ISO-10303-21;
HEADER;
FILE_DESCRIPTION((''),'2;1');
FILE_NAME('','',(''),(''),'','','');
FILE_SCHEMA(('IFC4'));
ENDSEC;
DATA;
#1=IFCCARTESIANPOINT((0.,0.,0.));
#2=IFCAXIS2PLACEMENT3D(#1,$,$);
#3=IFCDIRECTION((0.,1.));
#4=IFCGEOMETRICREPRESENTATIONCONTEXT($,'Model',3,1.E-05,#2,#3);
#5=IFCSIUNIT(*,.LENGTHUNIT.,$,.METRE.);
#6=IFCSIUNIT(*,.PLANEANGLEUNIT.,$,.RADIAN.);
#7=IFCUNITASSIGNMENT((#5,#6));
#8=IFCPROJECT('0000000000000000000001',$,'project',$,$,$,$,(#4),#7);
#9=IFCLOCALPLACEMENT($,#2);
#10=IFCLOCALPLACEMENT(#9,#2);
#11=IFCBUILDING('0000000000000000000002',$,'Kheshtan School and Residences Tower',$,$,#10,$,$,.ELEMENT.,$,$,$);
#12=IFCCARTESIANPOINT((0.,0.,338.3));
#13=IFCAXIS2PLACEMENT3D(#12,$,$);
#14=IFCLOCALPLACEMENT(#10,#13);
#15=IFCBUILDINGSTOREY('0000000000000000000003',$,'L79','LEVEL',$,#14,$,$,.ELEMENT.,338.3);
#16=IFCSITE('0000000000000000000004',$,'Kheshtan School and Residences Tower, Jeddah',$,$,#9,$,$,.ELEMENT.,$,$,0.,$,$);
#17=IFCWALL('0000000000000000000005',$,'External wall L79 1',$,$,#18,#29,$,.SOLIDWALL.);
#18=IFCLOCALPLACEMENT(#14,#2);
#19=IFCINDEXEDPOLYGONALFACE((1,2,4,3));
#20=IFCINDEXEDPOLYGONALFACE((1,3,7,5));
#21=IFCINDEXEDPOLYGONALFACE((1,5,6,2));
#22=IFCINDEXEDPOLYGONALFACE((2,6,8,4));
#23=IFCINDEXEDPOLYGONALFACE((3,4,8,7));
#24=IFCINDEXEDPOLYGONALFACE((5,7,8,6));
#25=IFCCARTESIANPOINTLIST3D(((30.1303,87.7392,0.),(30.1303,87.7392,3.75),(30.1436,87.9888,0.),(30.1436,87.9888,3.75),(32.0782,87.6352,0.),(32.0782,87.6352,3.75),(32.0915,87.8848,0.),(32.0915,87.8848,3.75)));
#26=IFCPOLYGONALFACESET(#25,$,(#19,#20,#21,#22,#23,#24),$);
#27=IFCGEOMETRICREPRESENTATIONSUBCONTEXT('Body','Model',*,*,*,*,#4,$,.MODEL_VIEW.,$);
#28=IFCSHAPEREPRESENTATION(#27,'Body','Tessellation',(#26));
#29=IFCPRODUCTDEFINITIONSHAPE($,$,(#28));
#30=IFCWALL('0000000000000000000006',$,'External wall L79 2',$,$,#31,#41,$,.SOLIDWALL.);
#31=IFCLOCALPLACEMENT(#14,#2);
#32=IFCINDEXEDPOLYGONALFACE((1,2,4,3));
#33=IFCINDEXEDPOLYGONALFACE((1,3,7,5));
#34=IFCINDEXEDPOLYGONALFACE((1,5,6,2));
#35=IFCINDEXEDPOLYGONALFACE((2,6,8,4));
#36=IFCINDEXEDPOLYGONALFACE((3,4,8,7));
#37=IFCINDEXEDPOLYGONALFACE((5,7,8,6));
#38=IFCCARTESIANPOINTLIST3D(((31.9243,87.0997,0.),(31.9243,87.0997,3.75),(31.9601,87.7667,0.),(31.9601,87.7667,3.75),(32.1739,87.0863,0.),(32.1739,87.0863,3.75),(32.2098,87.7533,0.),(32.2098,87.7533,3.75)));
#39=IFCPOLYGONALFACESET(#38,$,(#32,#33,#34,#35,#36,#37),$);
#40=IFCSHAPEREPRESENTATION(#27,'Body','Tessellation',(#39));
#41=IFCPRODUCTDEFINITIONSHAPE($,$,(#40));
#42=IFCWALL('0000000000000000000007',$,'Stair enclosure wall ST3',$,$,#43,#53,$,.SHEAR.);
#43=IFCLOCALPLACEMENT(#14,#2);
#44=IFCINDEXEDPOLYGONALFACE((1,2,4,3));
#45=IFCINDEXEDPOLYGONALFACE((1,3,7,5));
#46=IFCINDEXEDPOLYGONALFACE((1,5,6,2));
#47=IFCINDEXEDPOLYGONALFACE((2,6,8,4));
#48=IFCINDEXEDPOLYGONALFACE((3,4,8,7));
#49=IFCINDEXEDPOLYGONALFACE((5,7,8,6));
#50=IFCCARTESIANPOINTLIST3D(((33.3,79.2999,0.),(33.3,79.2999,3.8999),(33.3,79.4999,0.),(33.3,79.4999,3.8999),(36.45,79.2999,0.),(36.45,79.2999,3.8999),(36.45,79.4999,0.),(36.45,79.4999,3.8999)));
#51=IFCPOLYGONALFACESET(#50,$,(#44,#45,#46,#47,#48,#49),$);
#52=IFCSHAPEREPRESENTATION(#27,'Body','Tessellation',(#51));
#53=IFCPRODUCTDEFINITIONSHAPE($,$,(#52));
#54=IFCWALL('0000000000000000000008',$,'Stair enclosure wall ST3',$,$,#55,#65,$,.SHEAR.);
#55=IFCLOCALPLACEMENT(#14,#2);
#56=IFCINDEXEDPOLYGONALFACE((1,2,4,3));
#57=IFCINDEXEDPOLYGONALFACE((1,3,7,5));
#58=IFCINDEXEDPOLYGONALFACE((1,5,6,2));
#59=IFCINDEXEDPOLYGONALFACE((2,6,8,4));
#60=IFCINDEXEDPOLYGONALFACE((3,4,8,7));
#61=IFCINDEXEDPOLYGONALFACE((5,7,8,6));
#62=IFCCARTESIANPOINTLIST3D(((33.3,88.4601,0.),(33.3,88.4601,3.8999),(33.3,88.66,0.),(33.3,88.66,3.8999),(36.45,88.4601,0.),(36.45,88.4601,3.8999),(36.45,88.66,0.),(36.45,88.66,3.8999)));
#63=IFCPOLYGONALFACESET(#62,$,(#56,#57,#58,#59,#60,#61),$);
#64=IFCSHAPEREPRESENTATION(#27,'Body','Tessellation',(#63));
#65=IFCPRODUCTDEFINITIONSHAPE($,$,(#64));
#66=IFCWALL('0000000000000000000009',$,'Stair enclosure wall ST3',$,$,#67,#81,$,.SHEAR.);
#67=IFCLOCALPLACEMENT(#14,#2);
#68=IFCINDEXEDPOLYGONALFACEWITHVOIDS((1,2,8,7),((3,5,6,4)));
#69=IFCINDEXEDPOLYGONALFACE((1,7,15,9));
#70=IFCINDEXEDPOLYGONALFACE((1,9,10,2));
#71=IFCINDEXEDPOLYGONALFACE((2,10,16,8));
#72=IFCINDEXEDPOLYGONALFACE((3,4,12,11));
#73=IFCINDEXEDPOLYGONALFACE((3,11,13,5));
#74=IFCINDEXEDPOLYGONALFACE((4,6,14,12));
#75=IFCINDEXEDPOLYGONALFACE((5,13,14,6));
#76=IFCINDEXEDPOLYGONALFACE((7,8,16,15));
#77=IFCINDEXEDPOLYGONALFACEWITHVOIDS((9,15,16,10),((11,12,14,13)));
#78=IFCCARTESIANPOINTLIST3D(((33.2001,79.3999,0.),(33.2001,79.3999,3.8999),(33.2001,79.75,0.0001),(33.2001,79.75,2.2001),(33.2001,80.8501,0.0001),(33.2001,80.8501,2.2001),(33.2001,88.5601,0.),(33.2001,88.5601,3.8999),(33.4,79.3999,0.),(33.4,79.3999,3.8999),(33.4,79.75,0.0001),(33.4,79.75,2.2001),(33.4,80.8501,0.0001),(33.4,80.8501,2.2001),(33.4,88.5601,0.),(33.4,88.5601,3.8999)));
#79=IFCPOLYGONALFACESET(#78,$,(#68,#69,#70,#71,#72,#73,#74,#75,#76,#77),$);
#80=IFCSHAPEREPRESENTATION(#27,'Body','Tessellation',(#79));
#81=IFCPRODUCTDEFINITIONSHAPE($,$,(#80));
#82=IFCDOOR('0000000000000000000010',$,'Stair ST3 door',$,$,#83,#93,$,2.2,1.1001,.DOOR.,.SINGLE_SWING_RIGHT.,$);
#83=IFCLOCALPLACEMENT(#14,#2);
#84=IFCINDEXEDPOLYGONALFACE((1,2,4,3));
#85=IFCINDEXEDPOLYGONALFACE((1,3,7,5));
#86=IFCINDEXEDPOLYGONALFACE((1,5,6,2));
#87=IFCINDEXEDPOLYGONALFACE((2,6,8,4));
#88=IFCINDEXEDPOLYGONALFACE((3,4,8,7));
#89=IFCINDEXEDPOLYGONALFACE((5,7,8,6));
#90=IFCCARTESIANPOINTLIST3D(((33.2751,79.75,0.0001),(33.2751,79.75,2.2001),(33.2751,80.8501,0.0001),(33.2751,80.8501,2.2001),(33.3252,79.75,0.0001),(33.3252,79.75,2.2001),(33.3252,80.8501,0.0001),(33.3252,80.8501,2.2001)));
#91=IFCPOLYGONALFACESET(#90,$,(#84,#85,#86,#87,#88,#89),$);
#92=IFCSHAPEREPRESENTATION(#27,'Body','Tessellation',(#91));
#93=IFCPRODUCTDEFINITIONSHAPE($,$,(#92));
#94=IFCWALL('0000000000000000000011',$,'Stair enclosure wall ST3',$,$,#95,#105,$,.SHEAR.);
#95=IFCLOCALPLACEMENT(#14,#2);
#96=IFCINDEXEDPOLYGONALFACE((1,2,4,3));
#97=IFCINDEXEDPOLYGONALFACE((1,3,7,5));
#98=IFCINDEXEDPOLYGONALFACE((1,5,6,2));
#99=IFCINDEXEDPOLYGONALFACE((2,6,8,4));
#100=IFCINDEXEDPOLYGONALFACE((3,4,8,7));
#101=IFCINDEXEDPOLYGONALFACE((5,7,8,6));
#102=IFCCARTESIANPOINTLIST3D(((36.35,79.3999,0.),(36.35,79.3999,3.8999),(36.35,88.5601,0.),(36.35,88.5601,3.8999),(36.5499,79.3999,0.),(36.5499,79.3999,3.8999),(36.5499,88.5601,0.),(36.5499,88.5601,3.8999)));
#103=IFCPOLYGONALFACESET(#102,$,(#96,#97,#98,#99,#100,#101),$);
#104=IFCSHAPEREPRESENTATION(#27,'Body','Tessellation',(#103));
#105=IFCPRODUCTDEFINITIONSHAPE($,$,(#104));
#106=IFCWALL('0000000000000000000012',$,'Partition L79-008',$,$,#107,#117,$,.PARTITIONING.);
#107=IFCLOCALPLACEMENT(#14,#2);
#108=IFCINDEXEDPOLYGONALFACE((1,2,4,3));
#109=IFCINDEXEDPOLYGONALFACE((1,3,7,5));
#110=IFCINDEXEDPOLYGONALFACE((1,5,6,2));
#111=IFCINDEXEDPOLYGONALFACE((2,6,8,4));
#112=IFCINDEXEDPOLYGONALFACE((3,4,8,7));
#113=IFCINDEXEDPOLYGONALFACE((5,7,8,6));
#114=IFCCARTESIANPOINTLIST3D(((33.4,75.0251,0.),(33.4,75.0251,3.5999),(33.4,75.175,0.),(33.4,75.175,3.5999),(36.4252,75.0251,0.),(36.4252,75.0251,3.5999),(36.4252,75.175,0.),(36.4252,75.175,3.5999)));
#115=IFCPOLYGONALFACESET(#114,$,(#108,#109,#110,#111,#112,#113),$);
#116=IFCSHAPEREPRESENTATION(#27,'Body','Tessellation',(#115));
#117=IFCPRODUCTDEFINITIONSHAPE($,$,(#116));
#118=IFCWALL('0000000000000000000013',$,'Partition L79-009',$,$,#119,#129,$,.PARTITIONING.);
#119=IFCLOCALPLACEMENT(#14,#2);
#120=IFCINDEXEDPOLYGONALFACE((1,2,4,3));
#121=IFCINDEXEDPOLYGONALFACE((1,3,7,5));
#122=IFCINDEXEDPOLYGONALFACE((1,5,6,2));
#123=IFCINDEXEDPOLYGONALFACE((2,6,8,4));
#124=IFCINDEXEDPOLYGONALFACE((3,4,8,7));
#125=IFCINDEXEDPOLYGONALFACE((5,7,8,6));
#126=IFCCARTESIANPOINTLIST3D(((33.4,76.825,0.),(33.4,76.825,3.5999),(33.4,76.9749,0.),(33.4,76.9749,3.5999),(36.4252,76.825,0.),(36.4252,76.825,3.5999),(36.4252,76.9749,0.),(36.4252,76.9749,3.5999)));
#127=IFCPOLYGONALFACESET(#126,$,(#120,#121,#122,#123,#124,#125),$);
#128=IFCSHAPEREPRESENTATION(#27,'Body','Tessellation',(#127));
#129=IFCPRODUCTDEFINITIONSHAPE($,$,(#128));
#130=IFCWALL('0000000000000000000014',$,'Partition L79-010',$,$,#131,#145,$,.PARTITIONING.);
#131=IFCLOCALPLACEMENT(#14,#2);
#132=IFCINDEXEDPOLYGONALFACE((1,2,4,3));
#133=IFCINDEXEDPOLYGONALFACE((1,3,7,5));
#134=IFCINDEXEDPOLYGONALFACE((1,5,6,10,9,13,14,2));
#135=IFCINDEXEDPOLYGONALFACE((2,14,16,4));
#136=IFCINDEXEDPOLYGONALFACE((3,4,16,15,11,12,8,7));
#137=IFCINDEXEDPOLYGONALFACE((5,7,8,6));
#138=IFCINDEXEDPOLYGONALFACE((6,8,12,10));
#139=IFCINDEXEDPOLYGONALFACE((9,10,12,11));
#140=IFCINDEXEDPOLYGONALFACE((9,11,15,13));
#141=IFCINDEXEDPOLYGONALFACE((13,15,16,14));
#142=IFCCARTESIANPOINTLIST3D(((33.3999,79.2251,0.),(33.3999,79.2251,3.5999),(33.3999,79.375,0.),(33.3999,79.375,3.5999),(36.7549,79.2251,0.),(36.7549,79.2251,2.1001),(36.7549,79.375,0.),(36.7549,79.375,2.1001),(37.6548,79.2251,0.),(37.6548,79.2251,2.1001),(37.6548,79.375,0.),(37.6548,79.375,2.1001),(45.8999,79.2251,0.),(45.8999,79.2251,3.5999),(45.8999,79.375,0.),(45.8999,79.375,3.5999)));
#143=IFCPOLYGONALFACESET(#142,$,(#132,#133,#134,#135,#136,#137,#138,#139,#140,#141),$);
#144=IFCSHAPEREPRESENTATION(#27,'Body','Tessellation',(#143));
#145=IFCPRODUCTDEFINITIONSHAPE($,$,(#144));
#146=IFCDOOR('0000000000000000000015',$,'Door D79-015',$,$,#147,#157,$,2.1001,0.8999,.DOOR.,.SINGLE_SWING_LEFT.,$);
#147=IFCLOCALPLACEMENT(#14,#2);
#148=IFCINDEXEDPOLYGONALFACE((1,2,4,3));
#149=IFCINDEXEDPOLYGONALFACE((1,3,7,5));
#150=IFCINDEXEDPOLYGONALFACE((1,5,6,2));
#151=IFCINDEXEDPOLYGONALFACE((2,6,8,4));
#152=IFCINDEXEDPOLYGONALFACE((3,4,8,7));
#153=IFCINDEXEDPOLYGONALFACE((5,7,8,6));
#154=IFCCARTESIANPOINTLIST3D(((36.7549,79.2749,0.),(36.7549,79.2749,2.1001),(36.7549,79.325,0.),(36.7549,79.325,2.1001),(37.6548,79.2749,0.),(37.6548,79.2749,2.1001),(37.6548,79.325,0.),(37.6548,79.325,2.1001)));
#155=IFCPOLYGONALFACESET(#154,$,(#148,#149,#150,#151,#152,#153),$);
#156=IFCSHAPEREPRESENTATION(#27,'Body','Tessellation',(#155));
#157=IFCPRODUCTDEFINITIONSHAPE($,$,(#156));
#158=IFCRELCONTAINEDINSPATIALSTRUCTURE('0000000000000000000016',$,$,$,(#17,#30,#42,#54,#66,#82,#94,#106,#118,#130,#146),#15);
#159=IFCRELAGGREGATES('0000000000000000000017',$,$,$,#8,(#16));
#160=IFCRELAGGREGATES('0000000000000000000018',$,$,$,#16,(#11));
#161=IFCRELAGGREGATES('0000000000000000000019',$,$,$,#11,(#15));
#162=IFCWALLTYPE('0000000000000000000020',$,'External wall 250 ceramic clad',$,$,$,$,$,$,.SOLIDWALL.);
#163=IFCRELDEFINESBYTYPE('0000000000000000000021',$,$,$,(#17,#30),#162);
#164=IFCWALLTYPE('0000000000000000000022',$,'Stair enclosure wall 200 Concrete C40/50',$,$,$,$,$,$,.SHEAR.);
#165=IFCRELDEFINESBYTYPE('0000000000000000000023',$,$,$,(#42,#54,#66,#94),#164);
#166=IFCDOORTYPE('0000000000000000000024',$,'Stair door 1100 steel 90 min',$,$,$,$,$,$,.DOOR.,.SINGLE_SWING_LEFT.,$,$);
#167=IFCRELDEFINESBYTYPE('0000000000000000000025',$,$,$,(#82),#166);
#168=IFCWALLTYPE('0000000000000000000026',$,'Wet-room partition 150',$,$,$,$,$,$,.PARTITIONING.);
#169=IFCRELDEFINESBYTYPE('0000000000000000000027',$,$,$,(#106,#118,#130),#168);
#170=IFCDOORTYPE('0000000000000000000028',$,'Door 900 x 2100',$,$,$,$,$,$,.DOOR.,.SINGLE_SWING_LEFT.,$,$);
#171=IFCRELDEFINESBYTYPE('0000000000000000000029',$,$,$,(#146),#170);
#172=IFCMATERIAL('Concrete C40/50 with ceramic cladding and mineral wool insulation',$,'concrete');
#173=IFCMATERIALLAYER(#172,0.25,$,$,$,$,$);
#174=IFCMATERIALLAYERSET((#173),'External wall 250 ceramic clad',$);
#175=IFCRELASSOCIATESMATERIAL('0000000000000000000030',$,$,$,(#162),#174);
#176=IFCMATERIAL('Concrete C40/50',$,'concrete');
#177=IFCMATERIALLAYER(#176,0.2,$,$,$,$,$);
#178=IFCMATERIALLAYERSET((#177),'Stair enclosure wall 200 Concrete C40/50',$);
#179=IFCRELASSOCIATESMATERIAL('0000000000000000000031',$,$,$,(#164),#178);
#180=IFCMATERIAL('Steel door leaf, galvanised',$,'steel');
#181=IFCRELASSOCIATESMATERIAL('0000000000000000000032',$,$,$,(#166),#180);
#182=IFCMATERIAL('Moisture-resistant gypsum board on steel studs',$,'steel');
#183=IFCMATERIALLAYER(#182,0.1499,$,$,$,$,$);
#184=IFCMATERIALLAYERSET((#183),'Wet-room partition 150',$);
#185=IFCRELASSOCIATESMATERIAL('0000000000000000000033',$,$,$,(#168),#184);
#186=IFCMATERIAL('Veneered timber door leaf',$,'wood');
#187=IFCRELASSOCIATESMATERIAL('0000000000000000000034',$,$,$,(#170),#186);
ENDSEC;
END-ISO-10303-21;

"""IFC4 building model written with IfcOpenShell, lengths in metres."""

from ifc_helpers import new_model, si_unit, direction, frame, frame_2d, origin, place, context, subcontext, project, spatial, rectangle, extrude, source, transform, mapped, material, layer, layer_set, type_object, element, fill, save


model = new_model("IFC4")

# Units and contexts
model_context = context("Model", 3, precision=1e-05, world=origin(), true_north=direction((0.0, 1.0)))
body_context = subcontext(model_context, "Body", "Model", "MODEL_VIEW")
ifc_project = project(units=[si_unit("LENGTHUNIT", "METRE"), si_unit("PLANEANGLEUNIT", "RADIAN")], contexts=[model_context])

# Site, building, storey
site_placement = place(None, origin())
site = spatial("IfcSite", under=ifc_project, at=site_placement, Name="Kheshtan School and Residences Tower, Jeddah", CompositionType="ELEMENT", RefElevation=0.0)
building_placement = place(site_placement, origin())
building = spatial("IfcBuilding", under=site, at=building_placement, Name="Kheshtan School and Residences Tower", CompositionType="ELEMENT")
storey_placement = place(building_placement, frame((0.0, 0.0, 338.3)))
storey = spatial("IfcBuildingStorey", under=building, at=storey_placement, Name="L79", Description="LEVEL", CompositionType="ELEMENT", Elevation=338.3)

# Walls
ifc_material_1 = material(Name="Concrete C40/50 with ceramic cladding and mineral wool insulation", Category="concrete")
ifc_layer_1 = layer(ifc_material_1, 0.25)
ifc_layer_set_1 = layer_set([ifc_layer_1], Name="External wall 250 ceramic clad")
wall_type_1 = type_object("IfcWallType", Name="External wall 250 ceramic clad", PredefinedType="SOLIDWALL", material=ifc_layer_set_1)
wall_1_placement = place(storey_placement, frame((30.137, 87.864, 0.0), z_axis=(0.0, 0.0, 1.0), x_axis=(0.998578, -0.053314, 0.0)))
element("IfcWall", 1, at=wall_1_placement, inside=storey, type_object=wall_type_1, Name="External wall L79 1", PredefinedType="SOLIDWALL", context=body_context, shape_type="SweptSolid", body=[
    extrude(rectangle(XDim=1.9507, YDim=0.25, at=frame_2d((0.9753, 0.0))), origin(), (0.0, 0.0, 1.0), 3.75),
])
wall_2_placement = place(storey_placement, frame((32.085, 87.76, 0.0), z_axis=(0.0, 0.0, 1.0), x_axis=(-0.053729, -0.998556, 0.0)))
element("IfcWall", 2, at=wall_2_placement, inside=storey, type_object=wall_type_1, Name="External wall L79 2", PredefinedType="SOLIDWALL", context=body_context, shape_type="SweptSolid", body=[
    extrude(rectangle(XDim=0.668, YDim=0.25, at=frame_2d((0.334, 0.0))), origin(), (0.0, 0.0, 1.0), 3.75),
])
ifc_material_2 = material(Name="Concrete C40/50", Category="concrete")
ifc_layer_2 = layer(ifc_material_2, 0.2)
ifc_layer_set_2 = layer_set([ifc_layer_2], Name="Stair enclosure wall 200 Concrete C40/50")
wall_type_2 = type_object("IfcWallType", Name="Stair enclosure wall 200 Concrete C40/50", PredefinedType="SHEAR", material=ifc_layer_set_2)
for number, where, z_axis, x_axis, name in (
    (3, (33.3, 79.3999, 0.0), (0.0, 0.0, 1.0), (1.0, 0.0, 0.0), "Stair enclosure wall ST3"),
    (4, (33.3, 88.5601, 0.0), (0.0, 0.0, 1.0), (1.0, 0.0, 0.0), "Stair enclosure wall ST3"),
):
    element("IfcWall", number, at=place(storey_placement, frame(where, z_axis=z_axis, x_axis=x_axis)), inside=storey, type_object=wall_type_2, Name=name, PredefinedType="SHEAR", context=body_context, shape_type="SweptSolid", body=[
        extrude(rectangle(XDim=3.1499, YDim=0.2, at=frame_2d((1.575, 0.0))), origin(), (0.0, 0.0, 1.0), 3.8999),
    ])

# Wall, opening, door
wall_3_placement = place(storey_placement, frame((33.3, 79.3999, 0.0), z_axis=(0.0, 0.0, 1.0), x_axis=(0.0, 1.0, 0.0)))
wall_3 = element("IfcWall", 5, at=wall_3_placement, inside=storey, type_object=wall_type_2, Name="Stair enclosure wall ST3", PredefinedType="SHEAR", context=body_context, shape_type="SweptSolid", body=[
    extrude(rectangle(XDim=9.1602, YDim=0.2, at=frame_2d((4.5801, 0.0))), origin(), (0.0, 0.0, 1.0), 3.8999),
])
opening_1_placement = place(wall_3_placement, frame((0.3501, 0.0, 0.0)))
opening_1 = element("IfcOpeningElement", 6, at=opening_1_placement, cuts=wall_3, PredefinedType="OPENING", context=body_context, shape_type="SweptSolid", body=[
    extrude(rectangle(XDim=1.1001, YDim=2.2, at=frame_2d((0.55, 1.1001))), frame((0.0, 0.1099, 0.0), z_axis=(0.0, -1.0, 0.0), x_axis=(1.0, 0.0, 0.0)), (0.0, 0.0, 1.0), 0.22),
])
ifc_material_3 = material(Name="Steel door leaf, galvanised", Category="steel")
door_type_1 = type_object("IfcDoorType", Name="Stair door 1100 steel 90 min", OperationType="SINGLE_SWING_LEFT", PredefinedType="DOOR", material=ifc_material_3)
shared_shape_1 = source(origin(), body_context, "Body", "SweptSolid", [
    extrude(rectangle(XDim=1.1001, YDim=2.2, at=frame_2d((0.55, 1.1001))), frame((0.0, 0.0249, 0.0), z_axis=(0.0, -1.0, 0.0), x_axis=(1.0, 0.0, 0.0)), (0.0, 0.0, 1.0), 0.05),
])
door_1_placement = place(opening_1_placement, origin())
door_1 = element("IfcDoor", 7, at=door_1_placement, inside=storey, type_object=door_type_1, Name="Stair ST3 door", OperationType="SINGLE_SWING_RIGHT", OverallHeight=2.2, OverallWidth=1.1001, PredefinedType="DOOR", context=body_context, shape_type="MappedRepresentation", body=[
    mapped(shared_shape_1, transform((0.0, 0.0, 0.0), x_axis=(1.0, 0.0, 0.0), y_axis=(0.0, 1.0, 0.0), z_axis=(0.0, 0.0, 1.0), scale=1.0)),
])
fill(opening_1, door_1)

# Walls
wall_4_placement = place(storey_placement, frame((36.45, 79.3999, 0.0), z_axis=(0.0, 0.0, 1.0), x_axis=(0.0, 1.0, 0.0)))
element("IfcWall", 8, at=wall_4_placement, inside=storey, type_object=wall_type_2, Name="Stair enclosure wall ST3", PredefinedType="SHEAR", context=body_context, shape_type="SweptSolid", body=[
    extrude(rectangle(XDim=9.1602, YDim=0.2, at=frame_2d((4.5801, 0.0))), origin(), (0.0, 0.0, 1.0), 3.8999),
])
ifc_material_4 = material(Name="Moisture-resistant gypsum board on steel studs", Category="steel")
ifc_layer_3 = layer(ifc_material_4, 0.1499)
ifc_layer_set_3 = layer_set([ifc_layer_3], Name="Wet-room partition 150")
wall_type_3 = type_object("IfcWallType", Name="Wet-room partition 150", PredefinedType="PARTITIONING", material=ifc_layer_set_3)
for number, where, z_axis, x_axis, name in (
    (9, (33.3999, 75.1001, 0.0), (0.0, 0.0, 1.0), (1.0, 0.0, 0.0), "Partition L79-008"),
    (10, (33.3999, 76.8999, 0.0), (0.0, 0.0, 1.0), (1.0, 0.0, 0.0), "Partition L79-009"),
):
    element("IfcWall", number, at=place(storey_placement, frame(where, z_axis=z_axis, x_axis=x_axis)), inside=storey, type_object=wall_type_3, Name=name, PredefinedType="PARTITIONING", context=body_context, shape_type="SweptSolid", body=[
        extrude(rectangle(XDim=3.0251, YDim=0.1499, at=frame_2d((1.5127, 0.0))), origin(), (0.0, 0.0, 1.0), 3.5999),
    ])

# Wall, opening, door
wall_5_placement = place(storey_placement, frame((33.3999, 79.3, 0.0), z_axis=(0.0, 0.0, 1.0), x_axis=(1.0, 0.0, 0.0)))
wall_5 = element("IfcWall", 11, at=wall_5_placement, inside=storey, type_object=wall_type_3, Name="Partition L79-010", PredefinedType="PARTITIONING", context=body_context, shape_type="SweptSolid", body=[
    extrude(rectangle(XDim=12.5, YDim=0.1499, at=frame_2d((6.25, 0.0))), origin(), (0.0, 0.0, 1.0), 3.5999),
])
opening_2_placement = place(wall_5_placement, frame((3.355, 0.0, 0.0)))
opening_2 = element("IfcOpeningElement", 12, at=opening_2_placement, cuts=wall_5, PredefinedType="OPENING", context=body_context, shape_type="SweptSolid", body=[
    extrude(rectangle(XDim=0.8999, YDim=2.1001, at=frame_2d((0.45, 1.05))), frame((0.0, 0.085, 0.0), z_axis=(0.0, -1.0, 0.0), x_axis=(1.0, 0.0, 0.0)), (0.0, 0.0, 1.0), 0.1699),
])
ifc_material_5 = material(Name="Veneered timber door leaf", Category="wood")
door_type_2 = type_object("IfcDoorType", Name="Door 900 x 2100", OperationType="SINGLE_SWING_LEFT", PredefinedType="DOOR", material=ifc_material_5)
shared_shape_2 = source(origin(), body_context, "Body", "SweptSolid", [
    extrude(rectangle(XDim=0.8999, YDim=2.1001, at=frame_2d((0.45, 1.05))), frame((0.0, 0.0249, 0.0), z_axis=(0.0, -1.0, 0.0), x_axis=(1.0, 0.0, 0.0)), (0.0, 0.0, 1.0), 0.05),
])
door_2_placement = place(opening_2_placement, origin())
door_2 = element("IfcDoor", 13, at=door_2_placement, inside=storey, type_object=door_type_2, Name="Door D79-015", OperationType="SINGLE_SWING_LEFT", OverallHeight=2.1001, OverallWidth=0.8999, PredefinedType="DOOR", context=body_context, shape_type="MappedRepresentation", body=[
    mapped(shared_shape_2, transform((0.0, 0.0, 0.0), x_axis=(1.0, 0.0, 0.0), y_axis=(0.0, 1.0, 0.0), z_axis=(0.0, 0.0, 1.0), scale=1.0)),
])
fill(opening_2, door_2)

save(model, "model.ifc")
